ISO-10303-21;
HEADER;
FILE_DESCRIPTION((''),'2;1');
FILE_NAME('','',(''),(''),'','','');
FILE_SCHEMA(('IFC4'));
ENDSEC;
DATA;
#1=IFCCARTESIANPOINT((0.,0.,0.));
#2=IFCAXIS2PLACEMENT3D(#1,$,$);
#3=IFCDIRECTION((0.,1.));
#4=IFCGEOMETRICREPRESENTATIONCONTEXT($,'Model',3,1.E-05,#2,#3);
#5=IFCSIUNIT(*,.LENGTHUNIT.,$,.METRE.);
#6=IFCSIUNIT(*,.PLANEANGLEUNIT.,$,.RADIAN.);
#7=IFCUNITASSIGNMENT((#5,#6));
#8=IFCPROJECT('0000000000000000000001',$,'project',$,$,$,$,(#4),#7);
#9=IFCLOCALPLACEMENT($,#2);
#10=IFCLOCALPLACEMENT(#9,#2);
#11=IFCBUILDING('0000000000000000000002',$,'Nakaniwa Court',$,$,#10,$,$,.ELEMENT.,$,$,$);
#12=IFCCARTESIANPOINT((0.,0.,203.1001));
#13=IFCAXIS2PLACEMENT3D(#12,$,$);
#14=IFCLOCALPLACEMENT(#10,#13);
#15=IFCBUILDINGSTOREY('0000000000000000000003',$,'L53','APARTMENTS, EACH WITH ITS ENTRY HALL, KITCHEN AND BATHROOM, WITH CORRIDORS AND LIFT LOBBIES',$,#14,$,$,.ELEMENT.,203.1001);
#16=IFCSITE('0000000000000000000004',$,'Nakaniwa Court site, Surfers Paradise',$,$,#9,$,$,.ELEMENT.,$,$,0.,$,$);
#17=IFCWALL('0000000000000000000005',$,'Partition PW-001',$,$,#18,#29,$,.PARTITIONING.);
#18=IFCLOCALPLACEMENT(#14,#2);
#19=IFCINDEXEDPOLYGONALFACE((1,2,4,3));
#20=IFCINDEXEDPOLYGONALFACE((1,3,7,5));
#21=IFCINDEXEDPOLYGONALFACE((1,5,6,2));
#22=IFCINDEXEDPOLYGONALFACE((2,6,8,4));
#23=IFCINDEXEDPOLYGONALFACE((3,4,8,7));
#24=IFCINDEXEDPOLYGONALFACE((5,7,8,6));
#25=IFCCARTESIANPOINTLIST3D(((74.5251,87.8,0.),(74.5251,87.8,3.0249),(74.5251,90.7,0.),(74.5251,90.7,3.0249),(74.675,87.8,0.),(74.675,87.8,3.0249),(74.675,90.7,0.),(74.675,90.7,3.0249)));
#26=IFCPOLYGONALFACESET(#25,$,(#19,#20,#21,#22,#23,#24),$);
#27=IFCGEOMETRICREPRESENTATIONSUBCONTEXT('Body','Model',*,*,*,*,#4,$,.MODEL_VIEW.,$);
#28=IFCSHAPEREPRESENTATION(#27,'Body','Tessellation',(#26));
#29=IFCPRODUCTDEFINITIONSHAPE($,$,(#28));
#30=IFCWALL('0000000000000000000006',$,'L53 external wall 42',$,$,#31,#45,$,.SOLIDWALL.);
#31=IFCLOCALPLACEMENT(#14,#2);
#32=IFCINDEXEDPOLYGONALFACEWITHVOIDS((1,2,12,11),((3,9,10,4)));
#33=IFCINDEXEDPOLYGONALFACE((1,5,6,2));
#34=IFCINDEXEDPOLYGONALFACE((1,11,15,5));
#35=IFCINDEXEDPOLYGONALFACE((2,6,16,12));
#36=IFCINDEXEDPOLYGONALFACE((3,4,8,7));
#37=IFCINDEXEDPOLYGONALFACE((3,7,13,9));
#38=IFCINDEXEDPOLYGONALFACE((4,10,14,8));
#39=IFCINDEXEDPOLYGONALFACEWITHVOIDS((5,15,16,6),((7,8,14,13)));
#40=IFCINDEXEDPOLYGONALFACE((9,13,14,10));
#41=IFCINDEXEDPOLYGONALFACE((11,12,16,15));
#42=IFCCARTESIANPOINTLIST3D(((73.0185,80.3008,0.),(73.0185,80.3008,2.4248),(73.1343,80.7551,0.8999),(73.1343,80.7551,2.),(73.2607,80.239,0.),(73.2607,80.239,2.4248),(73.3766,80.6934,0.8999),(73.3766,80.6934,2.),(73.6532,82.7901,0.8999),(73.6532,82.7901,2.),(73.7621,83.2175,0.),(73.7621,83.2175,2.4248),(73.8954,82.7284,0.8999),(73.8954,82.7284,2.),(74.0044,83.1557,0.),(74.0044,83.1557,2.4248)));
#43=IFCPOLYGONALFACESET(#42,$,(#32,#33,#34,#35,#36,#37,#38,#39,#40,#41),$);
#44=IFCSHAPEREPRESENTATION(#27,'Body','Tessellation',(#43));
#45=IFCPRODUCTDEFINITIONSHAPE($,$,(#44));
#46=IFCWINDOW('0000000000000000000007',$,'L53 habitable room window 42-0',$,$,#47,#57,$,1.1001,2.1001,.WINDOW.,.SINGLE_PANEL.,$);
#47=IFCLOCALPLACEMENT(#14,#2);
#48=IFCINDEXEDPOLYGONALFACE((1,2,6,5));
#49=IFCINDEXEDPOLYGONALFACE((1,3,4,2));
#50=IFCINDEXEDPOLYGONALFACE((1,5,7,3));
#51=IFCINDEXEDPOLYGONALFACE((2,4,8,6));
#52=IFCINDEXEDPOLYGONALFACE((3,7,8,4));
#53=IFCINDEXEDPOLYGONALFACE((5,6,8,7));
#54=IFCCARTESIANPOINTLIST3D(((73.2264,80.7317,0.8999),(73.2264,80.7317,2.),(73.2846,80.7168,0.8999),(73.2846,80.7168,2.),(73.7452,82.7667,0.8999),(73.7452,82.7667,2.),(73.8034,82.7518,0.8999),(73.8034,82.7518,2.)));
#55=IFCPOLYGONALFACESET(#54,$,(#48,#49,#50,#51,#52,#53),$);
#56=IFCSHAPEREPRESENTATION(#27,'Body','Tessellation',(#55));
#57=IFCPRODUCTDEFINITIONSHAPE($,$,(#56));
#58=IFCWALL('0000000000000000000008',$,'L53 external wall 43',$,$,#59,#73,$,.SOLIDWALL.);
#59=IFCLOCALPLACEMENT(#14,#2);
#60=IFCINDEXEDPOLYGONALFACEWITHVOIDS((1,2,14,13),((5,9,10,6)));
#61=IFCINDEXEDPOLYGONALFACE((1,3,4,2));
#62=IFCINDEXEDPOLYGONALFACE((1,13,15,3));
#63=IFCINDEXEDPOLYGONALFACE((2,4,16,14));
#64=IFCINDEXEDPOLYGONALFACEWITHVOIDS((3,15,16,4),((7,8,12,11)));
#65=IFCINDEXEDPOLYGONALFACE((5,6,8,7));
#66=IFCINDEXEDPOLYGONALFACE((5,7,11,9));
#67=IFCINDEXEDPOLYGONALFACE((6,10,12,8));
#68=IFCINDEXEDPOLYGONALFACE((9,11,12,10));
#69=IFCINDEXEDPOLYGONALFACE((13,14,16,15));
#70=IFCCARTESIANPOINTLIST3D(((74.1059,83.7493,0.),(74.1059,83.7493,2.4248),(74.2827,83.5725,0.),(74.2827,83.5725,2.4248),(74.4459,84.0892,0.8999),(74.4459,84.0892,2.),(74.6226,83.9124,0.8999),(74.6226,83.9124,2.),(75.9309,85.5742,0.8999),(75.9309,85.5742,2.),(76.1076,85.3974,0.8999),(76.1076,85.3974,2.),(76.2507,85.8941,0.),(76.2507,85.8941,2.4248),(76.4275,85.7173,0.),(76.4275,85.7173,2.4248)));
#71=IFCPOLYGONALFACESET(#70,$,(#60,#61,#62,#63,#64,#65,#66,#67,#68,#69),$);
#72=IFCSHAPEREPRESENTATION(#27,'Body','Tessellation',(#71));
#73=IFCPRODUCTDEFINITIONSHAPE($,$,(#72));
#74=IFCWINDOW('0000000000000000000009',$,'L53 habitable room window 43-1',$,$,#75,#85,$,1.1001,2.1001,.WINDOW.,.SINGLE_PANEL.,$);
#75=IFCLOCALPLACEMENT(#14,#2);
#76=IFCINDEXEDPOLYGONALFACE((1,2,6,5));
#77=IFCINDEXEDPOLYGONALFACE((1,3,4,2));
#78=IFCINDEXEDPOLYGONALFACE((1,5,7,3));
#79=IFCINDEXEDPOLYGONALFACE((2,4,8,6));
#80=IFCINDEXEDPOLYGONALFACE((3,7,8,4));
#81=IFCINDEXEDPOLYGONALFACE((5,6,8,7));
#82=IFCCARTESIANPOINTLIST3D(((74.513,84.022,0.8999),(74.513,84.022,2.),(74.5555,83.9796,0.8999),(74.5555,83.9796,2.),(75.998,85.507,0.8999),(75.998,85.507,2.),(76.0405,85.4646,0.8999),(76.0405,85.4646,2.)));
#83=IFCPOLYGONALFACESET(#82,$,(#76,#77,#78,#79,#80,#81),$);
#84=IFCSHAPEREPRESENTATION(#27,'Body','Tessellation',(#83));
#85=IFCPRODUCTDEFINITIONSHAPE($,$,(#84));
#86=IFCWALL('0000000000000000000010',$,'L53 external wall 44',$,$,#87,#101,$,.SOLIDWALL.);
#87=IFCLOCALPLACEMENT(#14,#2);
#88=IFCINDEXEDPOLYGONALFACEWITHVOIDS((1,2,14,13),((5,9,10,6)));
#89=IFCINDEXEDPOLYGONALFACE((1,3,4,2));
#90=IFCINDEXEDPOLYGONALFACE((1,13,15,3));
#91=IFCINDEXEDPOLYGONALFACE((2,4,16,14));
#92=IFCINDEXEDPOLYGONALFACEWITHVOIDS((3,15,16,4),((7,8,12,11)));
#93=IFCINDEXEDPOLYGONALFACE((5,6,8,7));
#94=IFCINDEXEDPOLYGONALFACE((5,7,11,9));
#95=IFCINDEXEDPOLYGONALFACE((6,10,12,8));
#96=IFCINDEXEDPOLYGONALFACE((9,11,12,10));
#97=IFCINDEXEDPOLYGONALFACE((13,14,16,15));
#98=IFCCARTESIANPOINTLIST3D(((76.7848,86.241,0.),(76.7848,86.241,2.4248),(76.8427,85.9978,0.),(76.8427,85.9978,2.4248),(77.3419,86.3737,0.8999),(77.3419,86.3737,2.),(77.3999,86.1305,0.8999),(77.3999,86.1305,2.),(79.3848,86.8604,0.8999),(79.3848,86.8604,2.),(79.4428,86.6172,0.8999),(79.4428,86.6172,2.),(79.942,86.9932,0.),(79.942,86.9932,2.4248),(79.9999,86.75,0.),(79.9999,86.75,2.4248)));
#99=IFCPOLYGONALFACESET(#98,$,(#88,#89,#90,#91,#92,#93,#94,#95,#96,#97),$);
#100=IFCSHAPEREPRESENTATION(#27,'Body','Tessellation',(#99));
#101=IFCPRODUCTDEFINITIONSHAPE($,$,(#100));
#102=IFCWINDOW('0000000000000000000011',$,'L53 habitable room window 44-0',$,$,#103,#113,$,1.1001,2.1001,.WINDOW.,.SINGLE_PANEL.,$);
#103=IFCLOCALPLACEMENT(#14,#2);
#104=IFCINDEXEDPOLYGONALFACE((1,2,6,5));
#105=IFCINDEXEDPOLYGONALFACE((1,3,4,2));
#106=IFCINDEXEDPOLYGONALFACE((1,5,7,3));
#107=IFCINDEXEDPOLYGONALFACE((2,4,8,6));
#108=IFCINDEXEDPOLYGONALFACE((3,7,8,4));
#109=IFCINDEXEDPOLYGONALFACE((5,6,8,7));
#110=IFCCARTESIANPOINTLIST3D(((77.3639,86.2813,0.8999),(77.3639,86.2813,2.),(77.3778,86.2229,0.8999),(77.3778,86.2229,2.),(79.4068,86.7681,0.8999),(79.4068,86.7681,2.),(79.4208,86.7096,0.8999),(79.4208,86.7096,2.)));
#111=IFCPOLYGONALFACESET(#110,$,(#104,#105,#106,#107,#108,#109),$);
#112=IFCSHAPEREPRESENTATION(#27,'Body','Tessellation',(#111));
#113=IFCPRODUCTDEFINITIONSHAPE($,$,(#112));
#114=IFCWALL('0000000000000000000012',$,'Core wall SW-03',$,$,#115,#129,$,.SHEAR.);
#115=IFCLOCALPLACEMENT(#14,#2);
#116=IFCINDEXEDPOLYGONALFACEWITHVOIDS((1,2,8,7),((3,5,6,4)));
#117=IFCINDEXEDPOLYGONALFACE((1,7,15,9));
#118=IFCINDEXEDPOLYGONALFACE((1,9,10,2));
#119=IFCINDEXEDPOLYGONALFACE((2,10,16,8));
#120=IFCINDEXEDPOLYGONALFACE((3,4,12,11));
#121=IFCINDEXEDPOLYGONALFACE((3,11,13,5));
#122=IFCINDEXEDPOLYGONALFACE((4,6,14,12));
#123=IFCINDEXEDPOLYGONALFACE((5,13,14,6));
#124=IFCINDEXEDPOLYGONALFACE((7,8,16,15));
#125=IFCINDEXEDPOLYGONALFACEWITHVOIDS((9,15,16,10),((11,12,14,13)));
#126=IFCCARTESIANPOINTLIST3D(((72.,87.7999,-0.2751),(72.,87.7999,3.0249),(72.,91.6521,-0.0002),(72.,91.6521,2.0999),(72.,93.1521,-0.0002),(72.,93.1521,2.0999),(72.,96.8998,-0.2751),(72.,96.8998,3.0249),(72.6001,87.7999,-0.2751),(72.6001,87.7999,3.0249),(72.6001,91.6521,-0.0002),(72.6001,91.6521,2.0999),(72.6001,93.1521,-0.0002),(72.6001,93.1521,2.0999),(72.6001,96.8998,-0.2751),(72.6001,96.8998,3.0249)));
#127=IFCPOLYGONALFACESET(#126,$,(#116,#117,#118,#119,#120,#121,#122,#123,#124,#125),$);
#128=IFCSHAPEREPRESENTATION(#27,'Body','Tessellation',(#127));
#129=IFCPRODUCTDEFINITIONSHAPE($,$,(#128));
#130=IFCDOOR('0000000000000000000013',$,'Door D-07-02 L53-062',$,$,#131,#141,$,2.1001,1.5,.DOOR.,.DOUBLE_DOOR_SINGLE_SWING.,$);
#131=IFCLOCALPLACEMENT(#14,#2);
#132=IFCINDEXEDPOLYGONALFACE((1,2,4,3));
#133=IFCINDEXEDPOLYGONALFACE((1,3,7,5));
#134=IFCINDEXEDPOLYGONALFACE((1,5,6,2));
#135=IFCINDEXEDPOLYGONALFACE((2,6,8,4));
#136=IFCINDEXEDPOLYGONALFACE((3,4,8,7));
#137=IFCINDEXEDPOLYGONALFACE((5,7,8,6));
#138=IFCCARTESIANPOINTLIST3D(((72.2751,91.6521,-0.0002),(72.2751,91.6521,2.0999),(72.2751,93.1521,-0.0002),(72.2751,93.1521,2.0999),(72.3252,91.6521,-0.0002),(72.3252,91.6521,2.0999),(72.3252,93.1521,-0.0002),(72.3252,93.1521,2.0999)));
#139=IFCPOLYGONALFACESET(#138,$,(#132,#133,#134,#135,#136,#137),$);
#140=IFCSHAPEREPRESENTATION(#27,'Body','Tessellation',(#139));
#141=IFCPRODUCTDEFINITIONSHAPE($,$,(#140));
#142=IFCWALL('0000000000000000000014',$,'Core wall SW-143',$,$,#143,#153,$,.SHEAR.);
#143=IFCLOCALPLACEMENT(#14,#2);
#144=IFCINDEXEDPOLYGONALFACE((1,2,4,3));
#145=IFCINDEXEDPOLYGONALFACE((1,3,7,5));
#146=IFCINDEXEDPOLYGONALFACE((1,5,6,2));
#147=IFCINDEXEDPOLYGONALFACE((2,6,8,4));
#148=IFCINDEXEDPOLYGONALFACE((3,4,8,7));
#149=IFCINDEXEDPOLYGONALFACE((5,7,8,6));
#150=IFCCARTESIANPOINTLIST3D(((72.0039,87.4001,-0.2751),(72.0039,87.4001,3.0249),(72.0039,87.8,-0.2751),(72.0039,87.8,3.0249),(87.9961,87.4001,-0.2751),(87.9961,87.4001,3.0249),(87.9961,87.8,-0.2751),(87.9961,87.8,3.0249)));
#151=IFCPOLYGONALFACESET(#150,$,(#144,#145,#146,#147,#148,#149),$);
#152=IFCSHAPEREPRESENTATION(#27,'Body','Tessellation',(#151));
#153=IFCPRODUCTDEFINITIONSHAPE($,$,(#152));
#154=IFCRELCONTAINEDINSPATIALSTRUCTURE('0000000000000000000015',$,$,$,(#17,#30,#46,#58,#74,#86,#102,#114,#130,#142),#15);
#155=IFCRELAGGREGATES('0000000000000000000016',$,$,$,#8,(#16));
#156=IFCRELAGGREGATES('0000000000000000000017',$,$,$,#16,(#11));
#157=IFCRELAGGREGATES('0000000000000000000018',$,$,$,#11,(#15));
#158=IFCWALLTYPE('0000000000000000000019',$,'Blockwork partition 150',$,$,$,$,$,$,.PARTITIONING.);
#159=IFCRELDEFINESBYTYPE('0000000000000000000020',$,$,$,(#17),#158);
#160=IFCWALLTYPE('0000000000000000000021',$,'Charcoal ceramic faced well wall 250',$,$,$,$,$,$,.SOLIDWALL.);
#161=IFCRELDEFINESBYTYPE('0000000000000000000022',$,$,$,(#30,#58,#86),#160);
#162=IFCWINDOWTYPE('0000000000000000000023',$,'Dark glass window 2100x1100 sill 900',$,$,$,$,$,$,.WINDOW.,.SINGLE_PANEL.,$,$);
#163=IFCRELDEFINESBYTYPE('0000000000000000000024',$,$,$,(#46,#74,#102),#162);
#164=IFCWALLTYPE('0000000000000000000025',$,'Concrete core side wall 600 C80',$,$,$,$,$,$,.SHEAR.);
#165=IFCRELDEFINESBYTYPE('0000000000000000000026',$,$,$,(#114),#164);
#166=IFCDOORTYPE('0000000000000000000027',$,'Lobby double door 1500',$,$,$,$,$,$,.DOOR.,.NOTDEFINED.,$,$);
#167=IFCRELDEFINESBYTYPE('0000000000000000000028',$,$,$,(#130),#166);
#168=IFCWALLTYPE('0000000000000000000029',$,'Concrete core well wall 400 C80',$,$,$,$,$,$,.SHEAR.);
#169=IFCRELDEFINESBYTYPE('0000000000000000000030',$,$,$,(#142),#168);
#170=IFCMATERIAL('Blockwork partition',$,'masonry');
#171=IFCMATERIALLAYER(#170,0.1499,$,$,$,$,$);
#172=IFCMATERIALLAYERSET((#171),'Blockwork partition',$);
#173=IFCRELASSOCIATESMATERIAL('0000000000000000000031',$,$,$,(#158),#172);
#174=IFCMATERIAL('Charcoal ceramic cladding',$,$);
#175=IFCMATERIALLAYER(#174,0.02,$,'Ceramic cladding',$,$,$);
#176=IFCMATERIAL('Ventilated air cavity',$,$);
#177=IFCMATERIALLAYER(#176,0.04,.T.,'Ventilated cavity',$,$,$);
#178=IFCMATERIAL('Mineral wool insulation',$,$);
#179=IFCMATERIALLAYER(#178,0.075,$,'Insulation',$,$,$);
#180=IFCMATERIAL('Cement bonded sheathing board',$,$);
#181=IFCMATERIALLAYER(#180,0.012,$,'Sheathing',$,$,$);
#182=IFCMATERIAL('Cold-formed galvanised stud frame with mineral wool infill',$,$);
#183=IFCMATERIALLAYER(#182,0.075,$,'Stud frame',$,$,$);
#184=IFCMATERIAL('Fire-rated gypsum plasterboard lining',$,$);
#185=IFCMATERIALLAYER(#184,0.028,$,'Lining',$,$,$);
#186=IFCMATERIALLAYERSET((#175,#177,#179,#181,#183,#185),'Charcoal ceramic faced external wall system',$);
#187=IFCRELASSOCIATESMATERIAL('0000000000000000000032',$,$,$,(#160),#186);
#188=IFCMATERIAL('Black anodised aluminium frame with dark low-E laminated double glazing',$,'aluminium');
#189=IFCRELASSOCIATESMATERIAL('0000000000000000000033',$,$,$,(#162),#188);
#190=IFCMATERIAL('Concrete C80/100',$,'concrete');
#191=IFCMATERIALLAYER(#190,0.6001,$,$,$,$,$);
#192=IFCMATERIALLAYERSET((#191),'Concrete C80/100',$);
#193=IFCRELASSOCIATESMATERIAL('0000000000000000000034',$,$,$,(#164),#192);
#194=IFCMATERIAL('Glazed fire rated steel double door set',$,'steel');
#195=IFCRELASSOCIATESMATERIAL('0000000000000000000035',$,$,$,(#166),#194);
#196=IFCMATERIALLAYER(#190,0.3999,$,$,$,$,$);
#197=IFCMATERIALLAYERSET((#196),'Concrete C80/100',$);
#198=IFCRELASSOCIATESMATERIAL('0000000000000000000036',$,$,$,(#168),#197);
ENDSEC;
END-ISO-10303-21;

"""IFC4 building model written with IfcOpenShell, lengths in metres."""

from ifc_helpers import new_model, si_unit, direction, frame, frame_2d, origin, place, context, subcontext, project, spatial, rectangle, extrude, material, layer, layer_set, type_object, element, fill, save


model = new_model("IFC4")

# Units and contexts
model_context = context("Model", 3, precision=1e-05, world=origin(), true_north=direction((0.0, 1.0)))
body_context = subcontext(model_context, "Body", "Model", "MODEL_VIEW")
ifc_project = project(units=[si_unit("LENGTHUNIT", "METRE"), si_unit("PLANEANGLEUNIT", "RADIAN")], contexts=[model_context])

# Site, building, storey
site_placement = place(None, origin())
site = spatial("IfcSite", under=ifc_project, at=site_placement, Name="Nakaniwa Court site, Surfers Paradise", CompositionType="ELEMENT", RefElevation=0.0)
building_placement = place(site_placement, origin())
building = spatial("IfcBuilding", under=site, at=building_placement, Name="Nakaniwa Court", CompositionType="ELEMENT")
storey_placement = place(building_placement, frame((0.0, 0.0, 203.1001)))
storey = spatial("IfcBuildingStorey", under=building, at=storey_placement, Name="L53", Description="APARTMENTS, EACH WITH ITS ENTRY HALL, KITCHEN AND BATHROOM, WITH CORRIDORS AND LIFT LOBBIES", CompositionType="ELEMENT", Elevation=203.1001)

# Shared definitions
ifc_material_1 = material(Name="Concrete C80/100", Category="concrete")

# Wall
ifc_material_2 = material(Name="Blockwork partition", Category="masonry")
ifc_layer_1 = layer(ifc_material_2, 0.1499)
ifc_layer_set_1 = layer_set([ifc_layer_1], Name="Blockwork partition")
wall_type_1 = type_object("IfcWallType", Name="Blockwork partition 150", PredefinedType="PARTITIONING", material=ifc_layer_set_1)
wall_1_placement = place(storey_placement, frame((74.6001, 87.8, 0.0), z_axis=(0.0, 0.0, 1.0), x_axis=(0.0, 1.0, 0.0)))
element("IfcWall", 1, at=wall_1_placement, inside=storey, type_object=wall_type_1, Name="Partition PW-001", PredefinedType="PARTITIONING", context=body_context, shape_type="SweptSolid", body=[
    extrude(rectangle(XDim=2.8999, YDim=0.1499, at=frame_2d((1.45, 0.0))), origin(), (0.0, 0.0, 1.0), 3.0249),
])

# Walls, openings, windows
ifc_material_3 = material(Name="Charcoal ceramic cladding")
ifc_layer_2 = layer(ifc_material_3, 0.02, Name="Ceramic cladding")
ifc_material_4 = material(Name="Ventilated air cavity")
ifc_layer_3 = layer(ifc_material_4, 0.04, ventilated=True, Name="Ventilated cavity")
ifc_material_5 = material(Name="Mineral wool insulation")
ifc_layer_4 = layer(ifc_material_5, 0.075, Name="Insulation")
ifc_material_6 = material(Name="Cement bonded sheathing board")
ifc_layer_5 = layer(ifc_material_6, 0.012, Name="Sheathing")
ifc_material_7 = material(Name="Cold-formed galvanised stud frame with mineral wool infill")
ifc_layer_6 = layer(ifc_material_7, 0.075, Name="Stud frame")
ifc_material_8 = material(Name="Fire-rated gypsum plasterboard lining")
ifc_layer_7 = layer(ifc_material_8, 0.028, Name="Lining")
ifc_layer_set_2 = layer_set([ifc_layer_2, ifc_layer_3, ifc_layer_4, ifc_layer_5, ifc_layer_6, ifc_layer_7], Name="Charcoal ceramic faced external wall system")
wall_type_2 = type_object("IfcWallType", Name="Charcoal ceramic faced well wall 250", PredefinedType="SOLIDWALL", material=ifc_layer_set_2)
wall_2_placement = place(storey_placement, frame((73.1396, 80.27, 0.0), z_axis=(0.0, 0.0, 1.0), x_axis=(0.247056, 0.969001, 0.0)))
wall_2 = element("IfcWall", 2, at=wall_2_placement, inside=storey, type_object=wall_type_2, Name="L53 external wall 42", PredefinedType="SOLIDWALL", context=body_context, shape_type="SweptSolid", body=[
    extrude(rectangle(XDim=3.01, YDim=0.25, at=frame_2d((1.5049, 0.0))), origin(), (0.0, 0.0, 1.0), 2.4248),
])
opening_1_placement = place(wall_2_placement, frame((0.4688, 0.0, 0.8999)))
opening_1 = element("IfcOpeningElement", 3, at=opening_1_placement, cuts=wall_2, PredefinedType="OPENING", context=body_context, shape_type="SweptSolid", body=[
    extrude(rectangle(XDim=2.1001, YDim=1.1001, at=frame_2d((1.05, 0.55))), frame((0.0, 0.135, 0.0), z_axis=(0.0, -1.0, 0.0), x_axis=(1.0, 0.0, 0.0)), (0.0, 0.0, 1.0), 0.27),
])
ifc_material_9 = material(Name="Black anodised aluminium frame with dark low-E laminated double glazing", Category="aluminium")
window_type = type_object("IfcWindowType", Name="Dark glass window 2100x1100 sill 900", PartitioningType="SINGLE_PANEL", PredefinedType="WINDOW", material=ifc_material_9)
window_1_placement = place(opening_1_placement, origin())
window_1 = element("IfcWindow", 4, at=window_1_placement, inside=storey, type_object=window_type, Name="L53 habitable room window 42-0", OverallHeight=1.1001, OverallWidth=2.1001, PartitioningType="SINGLE_PANEL", PredefinedType="WINDOW", context=body_context, shape_type="SweptSolid", body=[
    extrude(rectangle(XDim=2.1001, YDim=1.1001, at=frame_2d((1.05, 0.55))), frame((0.0, 0.03, 0.0), z_axis=(0.0, -1.0, 0.0), x_axis=(1.0, 0.0, 0.0)), (0.0, 0.0, 1.0), 0.0601),
])
fill(opening_1, window_1)
wall_3_placement = place(storey_placement, frame((74.1943, 83.6609, 0.0), z_axis=(0.0, 0.0, 1.0), x_axis=(0.707107, 0.707107, 0.0)))
wall_3 = element("IfcWall", 5, at=wall_3_placement, inside=storey, type_object=wall_type_2, Name="L53 external wall 43", PredefinedType="SOLIDWALL", context=body_context, shape_type="SweptSolid", body=[
    extrude(rectangle(XDim=3.0332, YDim=0.25, at=frame_2d((1.5166, 0.0))), origin(), (0.0, 0.0, 1.0), 2.4248),
])
opening_2_placement = place(wall_3_placement, frame((0.4807, 0.0, 0.8999)))
opening_2 = element("IfcOpeningElement", 6, at=opening_2_placement, cuts=wall_3, PredefinedType="OPENING", context=body_context, shape_type="SweptSolid", body=[
    extrude(rectangle(XDim=2.1001, YDim=1.1001, at=frame_2d((1.05, 0.55))), frame((0.0, 0.135, 0.0), z_axis=(0.0, -1.0, 0.0), x_axis=(1.0, 0.0, 0.0)), (0.0, 0.0, 1.0), 0.27),
])
window_2_placement = place(opening_2_placement, origin())
window_2 = element("IfcWindow", 7, at=window_2_placement, inside=storey, type_object=window_type, Name="L53 habitable room window 43-1", OverallHeight=1.1001, OverallWidth=2.1001, PartitioningType="SINGLE_PANEL", PredefinedType="WINDOW", context=body_context, shape_type="SweptSolid", body=[
    extrude(rectangle(XDim=2.1001, YDim=1.1001, at=frame_2d((1.05, 0.55))), frame((0.0, 0.03, 0.0), z_axis=(0.0, -1.0, 0.0), x_axis=(1.0, 0.0, 0.0)), (0.0, 0.0, 1.0), 0.0601),
])
fill(opening_2, window_2)
wall_4_placement = place(storey_placement, frame((76.8137, 86.1194, 0.0), z_axis=(0.0, 0.0, 1.0), x_axis=(0.972773, 0.23176, 0.0)))
wall_4 = element("IfcWall", 8, at=wall_4_placement, inside=storey, type_object=wall_type_2, Name="L53 external wall 44", PredefinedType="SOLIDWALL", context=body_context, shape_type="SweptSolid", body=[
    extrude(rectangle(XDim=3.2456, YDim=0.25, at=frame_2d((1.6228, 0.0))), origin(), (0.0, 0.0, 1.0), 2.4248),
])
opening_3_placement = place(wall_4_placement, frame((0.5728, 0.0, 0.8999)))
opening_3 = element("IfcOpeningElement", 9, at=opening_3_placement, cuts=wall_4, PredefinedType="OPENING", context=body_context, shape_type="SweptSolid", body=[
    extrude(rectangle(XDim=2.1001, YDim=1.1001, at=frame_2d((1.05, 0.55))), frame((0.0, 0.135, 0.0), z_axis=(0.0, -1.0, 0.0), x_axis=(1.0, 0.0, 0.0)), (0.0, 0.0, 1.0), 0.27),
])
window_3_placement = place(opening_3_placement, origin())
window_3 = element("IfcWindow", 10, at=window_3_placement, inside=storey, type_object=window_type, Name="L53 habitable room window 44-0", OverallHeight=1.1001, OverallWidth=2.1001, PartitioningType="SINGLE_PANEL", PredefinedType="WINDOW", context=body_context, shape_type="SweptSolid", body=[
    extrude(rectangle(XDim=2.1001, YDim=1.1001, at=frame_2d((1.05, 0.55))), frame((0.0, 0.03, 0.0), z_axis=(0.0, -1.0, 0.0), x_axis=(1.0, 0.0, 0.0)), (0.0, 0.0, 1.0), 0.0601),
])
fill(opening_3, window_3)

# Wall, opening, door
ifc_layer_8 = layer(ifc_material_1, 0.6001)
ifc_layer_set_3 = layer_set([ifc_layer_8], Name="Concrete C80/100")
wall_type_3 = type_object("IfcWallType", Name="Concrete core side wall 600 C80", PredefinedType="SHEAR", material=ifc_layer_set_3)
wall_5_placement = place(storey_placement, frame((72.3, 87.8, -0.2751), z_axis=(0.0, 0.0, 1.0), x_axis=(0.0, 1.0, 0.0)))
wall_5 = element("IfcWall", 11, at=wall_5_placement, inside=storey, type_object=wall_type_3, Name="Core wall SW-03", PredefinedType="SHEAR", context=body_context, shape_type="SweptSolid", body=[
    extrude(rectangle(XDim=9.0999, YDim=0.6001, at=frame_2d((4.5498, 0.0))), origin(), (0.0, 0.0, 1.0), 3.3),
])
opening_4_placement = place(wall_5_placement, frame((3.8521, 0.0, 0.2749)))
opening_4 = element("IfcOpeningElement", 12, at=opening_4_placement, cuts=wall_5, PredefinedType="OPENING", context=body_context, shape_type="SweptSolid", body=[
    extrude(rectangle(XDim=1.5, YDim=2.1001, at=frame_2d((0.75, 1.05))), frame((0.0, 0.3101, 0.0), z_axis=(0.0, -1.0, 0.0), x_axis=(1.0, 0.0, 0.0)), (0.0, 0.0, 1.0), 0.6201),
])
ifc_material_10 = material(Name="Glazed fire rated steel double door set", Category="steel")
door_type_1 = type_object("IfcDoorType", Name="Lobby double door 1500", OperationType="NOTDEFINED", PredefinedType="DOOR", material=ifc_material_10)
door_1_placement = place(opening_4_placement, origin())
door_1 = element("IfcDoor", 13, at=door_1_placement, inside=storey, type_object=door_type_1, Name="Door D-07-02 L53-062", OperationType="DOUBLE_DOOR_SINGLE_SWING", OverallHeight=2.1001, OverallWidth=1.5, PredefinedType="DOOR", context=body_context, shape_type="SweptSolid", body=[
    extrude(rectangle(XDim=1.5, YDim=2.1001, at=frame_2d((0.75, 1.05))), frame((0.0, 0.0249, 0.0), z_axis=(0.0, -1.0, 0.0), x_axis=(1.0, 0.0, 0.0)), (0.0, 0.0, 1.0), 0.05),
])
fill(opening_4, door_1)

# Wall
ifc_layer_9 = layer(ifc_material_1, 0.3999)
ifc_layer_set_4 = layer_set([ifc_layer_9], Name="Concrete C80/100")
wall_type_4 = type_object("IfcWallType", Name="Concrete core well wall 400 C80", PredefinedType="SHEAR", material=ifc_layer_set_4)
wall_6_placement = place(storey_placement, frame((72.0039, 87.6001, -0.2751), z_axis=(0.0, 0.0, 1.0), x_axis=(1.0, 0.0, 0.0)))
element("IfcWall", 14, at=wall_6_placement, inside=storey, type_object=wall_type_4, Name="Core wall SW-143", PredefinedType="SHEAR", context=body_context, shape_type="SweptSolid", body=[
    extrude(rectangle(XDim=15.9922, YDim=0.3999, at=frame_2d((7.9961, 0.0))), origin(), (0.0, 0.0, 1.0), 3.3),
])

save(model, "model.ifc")
